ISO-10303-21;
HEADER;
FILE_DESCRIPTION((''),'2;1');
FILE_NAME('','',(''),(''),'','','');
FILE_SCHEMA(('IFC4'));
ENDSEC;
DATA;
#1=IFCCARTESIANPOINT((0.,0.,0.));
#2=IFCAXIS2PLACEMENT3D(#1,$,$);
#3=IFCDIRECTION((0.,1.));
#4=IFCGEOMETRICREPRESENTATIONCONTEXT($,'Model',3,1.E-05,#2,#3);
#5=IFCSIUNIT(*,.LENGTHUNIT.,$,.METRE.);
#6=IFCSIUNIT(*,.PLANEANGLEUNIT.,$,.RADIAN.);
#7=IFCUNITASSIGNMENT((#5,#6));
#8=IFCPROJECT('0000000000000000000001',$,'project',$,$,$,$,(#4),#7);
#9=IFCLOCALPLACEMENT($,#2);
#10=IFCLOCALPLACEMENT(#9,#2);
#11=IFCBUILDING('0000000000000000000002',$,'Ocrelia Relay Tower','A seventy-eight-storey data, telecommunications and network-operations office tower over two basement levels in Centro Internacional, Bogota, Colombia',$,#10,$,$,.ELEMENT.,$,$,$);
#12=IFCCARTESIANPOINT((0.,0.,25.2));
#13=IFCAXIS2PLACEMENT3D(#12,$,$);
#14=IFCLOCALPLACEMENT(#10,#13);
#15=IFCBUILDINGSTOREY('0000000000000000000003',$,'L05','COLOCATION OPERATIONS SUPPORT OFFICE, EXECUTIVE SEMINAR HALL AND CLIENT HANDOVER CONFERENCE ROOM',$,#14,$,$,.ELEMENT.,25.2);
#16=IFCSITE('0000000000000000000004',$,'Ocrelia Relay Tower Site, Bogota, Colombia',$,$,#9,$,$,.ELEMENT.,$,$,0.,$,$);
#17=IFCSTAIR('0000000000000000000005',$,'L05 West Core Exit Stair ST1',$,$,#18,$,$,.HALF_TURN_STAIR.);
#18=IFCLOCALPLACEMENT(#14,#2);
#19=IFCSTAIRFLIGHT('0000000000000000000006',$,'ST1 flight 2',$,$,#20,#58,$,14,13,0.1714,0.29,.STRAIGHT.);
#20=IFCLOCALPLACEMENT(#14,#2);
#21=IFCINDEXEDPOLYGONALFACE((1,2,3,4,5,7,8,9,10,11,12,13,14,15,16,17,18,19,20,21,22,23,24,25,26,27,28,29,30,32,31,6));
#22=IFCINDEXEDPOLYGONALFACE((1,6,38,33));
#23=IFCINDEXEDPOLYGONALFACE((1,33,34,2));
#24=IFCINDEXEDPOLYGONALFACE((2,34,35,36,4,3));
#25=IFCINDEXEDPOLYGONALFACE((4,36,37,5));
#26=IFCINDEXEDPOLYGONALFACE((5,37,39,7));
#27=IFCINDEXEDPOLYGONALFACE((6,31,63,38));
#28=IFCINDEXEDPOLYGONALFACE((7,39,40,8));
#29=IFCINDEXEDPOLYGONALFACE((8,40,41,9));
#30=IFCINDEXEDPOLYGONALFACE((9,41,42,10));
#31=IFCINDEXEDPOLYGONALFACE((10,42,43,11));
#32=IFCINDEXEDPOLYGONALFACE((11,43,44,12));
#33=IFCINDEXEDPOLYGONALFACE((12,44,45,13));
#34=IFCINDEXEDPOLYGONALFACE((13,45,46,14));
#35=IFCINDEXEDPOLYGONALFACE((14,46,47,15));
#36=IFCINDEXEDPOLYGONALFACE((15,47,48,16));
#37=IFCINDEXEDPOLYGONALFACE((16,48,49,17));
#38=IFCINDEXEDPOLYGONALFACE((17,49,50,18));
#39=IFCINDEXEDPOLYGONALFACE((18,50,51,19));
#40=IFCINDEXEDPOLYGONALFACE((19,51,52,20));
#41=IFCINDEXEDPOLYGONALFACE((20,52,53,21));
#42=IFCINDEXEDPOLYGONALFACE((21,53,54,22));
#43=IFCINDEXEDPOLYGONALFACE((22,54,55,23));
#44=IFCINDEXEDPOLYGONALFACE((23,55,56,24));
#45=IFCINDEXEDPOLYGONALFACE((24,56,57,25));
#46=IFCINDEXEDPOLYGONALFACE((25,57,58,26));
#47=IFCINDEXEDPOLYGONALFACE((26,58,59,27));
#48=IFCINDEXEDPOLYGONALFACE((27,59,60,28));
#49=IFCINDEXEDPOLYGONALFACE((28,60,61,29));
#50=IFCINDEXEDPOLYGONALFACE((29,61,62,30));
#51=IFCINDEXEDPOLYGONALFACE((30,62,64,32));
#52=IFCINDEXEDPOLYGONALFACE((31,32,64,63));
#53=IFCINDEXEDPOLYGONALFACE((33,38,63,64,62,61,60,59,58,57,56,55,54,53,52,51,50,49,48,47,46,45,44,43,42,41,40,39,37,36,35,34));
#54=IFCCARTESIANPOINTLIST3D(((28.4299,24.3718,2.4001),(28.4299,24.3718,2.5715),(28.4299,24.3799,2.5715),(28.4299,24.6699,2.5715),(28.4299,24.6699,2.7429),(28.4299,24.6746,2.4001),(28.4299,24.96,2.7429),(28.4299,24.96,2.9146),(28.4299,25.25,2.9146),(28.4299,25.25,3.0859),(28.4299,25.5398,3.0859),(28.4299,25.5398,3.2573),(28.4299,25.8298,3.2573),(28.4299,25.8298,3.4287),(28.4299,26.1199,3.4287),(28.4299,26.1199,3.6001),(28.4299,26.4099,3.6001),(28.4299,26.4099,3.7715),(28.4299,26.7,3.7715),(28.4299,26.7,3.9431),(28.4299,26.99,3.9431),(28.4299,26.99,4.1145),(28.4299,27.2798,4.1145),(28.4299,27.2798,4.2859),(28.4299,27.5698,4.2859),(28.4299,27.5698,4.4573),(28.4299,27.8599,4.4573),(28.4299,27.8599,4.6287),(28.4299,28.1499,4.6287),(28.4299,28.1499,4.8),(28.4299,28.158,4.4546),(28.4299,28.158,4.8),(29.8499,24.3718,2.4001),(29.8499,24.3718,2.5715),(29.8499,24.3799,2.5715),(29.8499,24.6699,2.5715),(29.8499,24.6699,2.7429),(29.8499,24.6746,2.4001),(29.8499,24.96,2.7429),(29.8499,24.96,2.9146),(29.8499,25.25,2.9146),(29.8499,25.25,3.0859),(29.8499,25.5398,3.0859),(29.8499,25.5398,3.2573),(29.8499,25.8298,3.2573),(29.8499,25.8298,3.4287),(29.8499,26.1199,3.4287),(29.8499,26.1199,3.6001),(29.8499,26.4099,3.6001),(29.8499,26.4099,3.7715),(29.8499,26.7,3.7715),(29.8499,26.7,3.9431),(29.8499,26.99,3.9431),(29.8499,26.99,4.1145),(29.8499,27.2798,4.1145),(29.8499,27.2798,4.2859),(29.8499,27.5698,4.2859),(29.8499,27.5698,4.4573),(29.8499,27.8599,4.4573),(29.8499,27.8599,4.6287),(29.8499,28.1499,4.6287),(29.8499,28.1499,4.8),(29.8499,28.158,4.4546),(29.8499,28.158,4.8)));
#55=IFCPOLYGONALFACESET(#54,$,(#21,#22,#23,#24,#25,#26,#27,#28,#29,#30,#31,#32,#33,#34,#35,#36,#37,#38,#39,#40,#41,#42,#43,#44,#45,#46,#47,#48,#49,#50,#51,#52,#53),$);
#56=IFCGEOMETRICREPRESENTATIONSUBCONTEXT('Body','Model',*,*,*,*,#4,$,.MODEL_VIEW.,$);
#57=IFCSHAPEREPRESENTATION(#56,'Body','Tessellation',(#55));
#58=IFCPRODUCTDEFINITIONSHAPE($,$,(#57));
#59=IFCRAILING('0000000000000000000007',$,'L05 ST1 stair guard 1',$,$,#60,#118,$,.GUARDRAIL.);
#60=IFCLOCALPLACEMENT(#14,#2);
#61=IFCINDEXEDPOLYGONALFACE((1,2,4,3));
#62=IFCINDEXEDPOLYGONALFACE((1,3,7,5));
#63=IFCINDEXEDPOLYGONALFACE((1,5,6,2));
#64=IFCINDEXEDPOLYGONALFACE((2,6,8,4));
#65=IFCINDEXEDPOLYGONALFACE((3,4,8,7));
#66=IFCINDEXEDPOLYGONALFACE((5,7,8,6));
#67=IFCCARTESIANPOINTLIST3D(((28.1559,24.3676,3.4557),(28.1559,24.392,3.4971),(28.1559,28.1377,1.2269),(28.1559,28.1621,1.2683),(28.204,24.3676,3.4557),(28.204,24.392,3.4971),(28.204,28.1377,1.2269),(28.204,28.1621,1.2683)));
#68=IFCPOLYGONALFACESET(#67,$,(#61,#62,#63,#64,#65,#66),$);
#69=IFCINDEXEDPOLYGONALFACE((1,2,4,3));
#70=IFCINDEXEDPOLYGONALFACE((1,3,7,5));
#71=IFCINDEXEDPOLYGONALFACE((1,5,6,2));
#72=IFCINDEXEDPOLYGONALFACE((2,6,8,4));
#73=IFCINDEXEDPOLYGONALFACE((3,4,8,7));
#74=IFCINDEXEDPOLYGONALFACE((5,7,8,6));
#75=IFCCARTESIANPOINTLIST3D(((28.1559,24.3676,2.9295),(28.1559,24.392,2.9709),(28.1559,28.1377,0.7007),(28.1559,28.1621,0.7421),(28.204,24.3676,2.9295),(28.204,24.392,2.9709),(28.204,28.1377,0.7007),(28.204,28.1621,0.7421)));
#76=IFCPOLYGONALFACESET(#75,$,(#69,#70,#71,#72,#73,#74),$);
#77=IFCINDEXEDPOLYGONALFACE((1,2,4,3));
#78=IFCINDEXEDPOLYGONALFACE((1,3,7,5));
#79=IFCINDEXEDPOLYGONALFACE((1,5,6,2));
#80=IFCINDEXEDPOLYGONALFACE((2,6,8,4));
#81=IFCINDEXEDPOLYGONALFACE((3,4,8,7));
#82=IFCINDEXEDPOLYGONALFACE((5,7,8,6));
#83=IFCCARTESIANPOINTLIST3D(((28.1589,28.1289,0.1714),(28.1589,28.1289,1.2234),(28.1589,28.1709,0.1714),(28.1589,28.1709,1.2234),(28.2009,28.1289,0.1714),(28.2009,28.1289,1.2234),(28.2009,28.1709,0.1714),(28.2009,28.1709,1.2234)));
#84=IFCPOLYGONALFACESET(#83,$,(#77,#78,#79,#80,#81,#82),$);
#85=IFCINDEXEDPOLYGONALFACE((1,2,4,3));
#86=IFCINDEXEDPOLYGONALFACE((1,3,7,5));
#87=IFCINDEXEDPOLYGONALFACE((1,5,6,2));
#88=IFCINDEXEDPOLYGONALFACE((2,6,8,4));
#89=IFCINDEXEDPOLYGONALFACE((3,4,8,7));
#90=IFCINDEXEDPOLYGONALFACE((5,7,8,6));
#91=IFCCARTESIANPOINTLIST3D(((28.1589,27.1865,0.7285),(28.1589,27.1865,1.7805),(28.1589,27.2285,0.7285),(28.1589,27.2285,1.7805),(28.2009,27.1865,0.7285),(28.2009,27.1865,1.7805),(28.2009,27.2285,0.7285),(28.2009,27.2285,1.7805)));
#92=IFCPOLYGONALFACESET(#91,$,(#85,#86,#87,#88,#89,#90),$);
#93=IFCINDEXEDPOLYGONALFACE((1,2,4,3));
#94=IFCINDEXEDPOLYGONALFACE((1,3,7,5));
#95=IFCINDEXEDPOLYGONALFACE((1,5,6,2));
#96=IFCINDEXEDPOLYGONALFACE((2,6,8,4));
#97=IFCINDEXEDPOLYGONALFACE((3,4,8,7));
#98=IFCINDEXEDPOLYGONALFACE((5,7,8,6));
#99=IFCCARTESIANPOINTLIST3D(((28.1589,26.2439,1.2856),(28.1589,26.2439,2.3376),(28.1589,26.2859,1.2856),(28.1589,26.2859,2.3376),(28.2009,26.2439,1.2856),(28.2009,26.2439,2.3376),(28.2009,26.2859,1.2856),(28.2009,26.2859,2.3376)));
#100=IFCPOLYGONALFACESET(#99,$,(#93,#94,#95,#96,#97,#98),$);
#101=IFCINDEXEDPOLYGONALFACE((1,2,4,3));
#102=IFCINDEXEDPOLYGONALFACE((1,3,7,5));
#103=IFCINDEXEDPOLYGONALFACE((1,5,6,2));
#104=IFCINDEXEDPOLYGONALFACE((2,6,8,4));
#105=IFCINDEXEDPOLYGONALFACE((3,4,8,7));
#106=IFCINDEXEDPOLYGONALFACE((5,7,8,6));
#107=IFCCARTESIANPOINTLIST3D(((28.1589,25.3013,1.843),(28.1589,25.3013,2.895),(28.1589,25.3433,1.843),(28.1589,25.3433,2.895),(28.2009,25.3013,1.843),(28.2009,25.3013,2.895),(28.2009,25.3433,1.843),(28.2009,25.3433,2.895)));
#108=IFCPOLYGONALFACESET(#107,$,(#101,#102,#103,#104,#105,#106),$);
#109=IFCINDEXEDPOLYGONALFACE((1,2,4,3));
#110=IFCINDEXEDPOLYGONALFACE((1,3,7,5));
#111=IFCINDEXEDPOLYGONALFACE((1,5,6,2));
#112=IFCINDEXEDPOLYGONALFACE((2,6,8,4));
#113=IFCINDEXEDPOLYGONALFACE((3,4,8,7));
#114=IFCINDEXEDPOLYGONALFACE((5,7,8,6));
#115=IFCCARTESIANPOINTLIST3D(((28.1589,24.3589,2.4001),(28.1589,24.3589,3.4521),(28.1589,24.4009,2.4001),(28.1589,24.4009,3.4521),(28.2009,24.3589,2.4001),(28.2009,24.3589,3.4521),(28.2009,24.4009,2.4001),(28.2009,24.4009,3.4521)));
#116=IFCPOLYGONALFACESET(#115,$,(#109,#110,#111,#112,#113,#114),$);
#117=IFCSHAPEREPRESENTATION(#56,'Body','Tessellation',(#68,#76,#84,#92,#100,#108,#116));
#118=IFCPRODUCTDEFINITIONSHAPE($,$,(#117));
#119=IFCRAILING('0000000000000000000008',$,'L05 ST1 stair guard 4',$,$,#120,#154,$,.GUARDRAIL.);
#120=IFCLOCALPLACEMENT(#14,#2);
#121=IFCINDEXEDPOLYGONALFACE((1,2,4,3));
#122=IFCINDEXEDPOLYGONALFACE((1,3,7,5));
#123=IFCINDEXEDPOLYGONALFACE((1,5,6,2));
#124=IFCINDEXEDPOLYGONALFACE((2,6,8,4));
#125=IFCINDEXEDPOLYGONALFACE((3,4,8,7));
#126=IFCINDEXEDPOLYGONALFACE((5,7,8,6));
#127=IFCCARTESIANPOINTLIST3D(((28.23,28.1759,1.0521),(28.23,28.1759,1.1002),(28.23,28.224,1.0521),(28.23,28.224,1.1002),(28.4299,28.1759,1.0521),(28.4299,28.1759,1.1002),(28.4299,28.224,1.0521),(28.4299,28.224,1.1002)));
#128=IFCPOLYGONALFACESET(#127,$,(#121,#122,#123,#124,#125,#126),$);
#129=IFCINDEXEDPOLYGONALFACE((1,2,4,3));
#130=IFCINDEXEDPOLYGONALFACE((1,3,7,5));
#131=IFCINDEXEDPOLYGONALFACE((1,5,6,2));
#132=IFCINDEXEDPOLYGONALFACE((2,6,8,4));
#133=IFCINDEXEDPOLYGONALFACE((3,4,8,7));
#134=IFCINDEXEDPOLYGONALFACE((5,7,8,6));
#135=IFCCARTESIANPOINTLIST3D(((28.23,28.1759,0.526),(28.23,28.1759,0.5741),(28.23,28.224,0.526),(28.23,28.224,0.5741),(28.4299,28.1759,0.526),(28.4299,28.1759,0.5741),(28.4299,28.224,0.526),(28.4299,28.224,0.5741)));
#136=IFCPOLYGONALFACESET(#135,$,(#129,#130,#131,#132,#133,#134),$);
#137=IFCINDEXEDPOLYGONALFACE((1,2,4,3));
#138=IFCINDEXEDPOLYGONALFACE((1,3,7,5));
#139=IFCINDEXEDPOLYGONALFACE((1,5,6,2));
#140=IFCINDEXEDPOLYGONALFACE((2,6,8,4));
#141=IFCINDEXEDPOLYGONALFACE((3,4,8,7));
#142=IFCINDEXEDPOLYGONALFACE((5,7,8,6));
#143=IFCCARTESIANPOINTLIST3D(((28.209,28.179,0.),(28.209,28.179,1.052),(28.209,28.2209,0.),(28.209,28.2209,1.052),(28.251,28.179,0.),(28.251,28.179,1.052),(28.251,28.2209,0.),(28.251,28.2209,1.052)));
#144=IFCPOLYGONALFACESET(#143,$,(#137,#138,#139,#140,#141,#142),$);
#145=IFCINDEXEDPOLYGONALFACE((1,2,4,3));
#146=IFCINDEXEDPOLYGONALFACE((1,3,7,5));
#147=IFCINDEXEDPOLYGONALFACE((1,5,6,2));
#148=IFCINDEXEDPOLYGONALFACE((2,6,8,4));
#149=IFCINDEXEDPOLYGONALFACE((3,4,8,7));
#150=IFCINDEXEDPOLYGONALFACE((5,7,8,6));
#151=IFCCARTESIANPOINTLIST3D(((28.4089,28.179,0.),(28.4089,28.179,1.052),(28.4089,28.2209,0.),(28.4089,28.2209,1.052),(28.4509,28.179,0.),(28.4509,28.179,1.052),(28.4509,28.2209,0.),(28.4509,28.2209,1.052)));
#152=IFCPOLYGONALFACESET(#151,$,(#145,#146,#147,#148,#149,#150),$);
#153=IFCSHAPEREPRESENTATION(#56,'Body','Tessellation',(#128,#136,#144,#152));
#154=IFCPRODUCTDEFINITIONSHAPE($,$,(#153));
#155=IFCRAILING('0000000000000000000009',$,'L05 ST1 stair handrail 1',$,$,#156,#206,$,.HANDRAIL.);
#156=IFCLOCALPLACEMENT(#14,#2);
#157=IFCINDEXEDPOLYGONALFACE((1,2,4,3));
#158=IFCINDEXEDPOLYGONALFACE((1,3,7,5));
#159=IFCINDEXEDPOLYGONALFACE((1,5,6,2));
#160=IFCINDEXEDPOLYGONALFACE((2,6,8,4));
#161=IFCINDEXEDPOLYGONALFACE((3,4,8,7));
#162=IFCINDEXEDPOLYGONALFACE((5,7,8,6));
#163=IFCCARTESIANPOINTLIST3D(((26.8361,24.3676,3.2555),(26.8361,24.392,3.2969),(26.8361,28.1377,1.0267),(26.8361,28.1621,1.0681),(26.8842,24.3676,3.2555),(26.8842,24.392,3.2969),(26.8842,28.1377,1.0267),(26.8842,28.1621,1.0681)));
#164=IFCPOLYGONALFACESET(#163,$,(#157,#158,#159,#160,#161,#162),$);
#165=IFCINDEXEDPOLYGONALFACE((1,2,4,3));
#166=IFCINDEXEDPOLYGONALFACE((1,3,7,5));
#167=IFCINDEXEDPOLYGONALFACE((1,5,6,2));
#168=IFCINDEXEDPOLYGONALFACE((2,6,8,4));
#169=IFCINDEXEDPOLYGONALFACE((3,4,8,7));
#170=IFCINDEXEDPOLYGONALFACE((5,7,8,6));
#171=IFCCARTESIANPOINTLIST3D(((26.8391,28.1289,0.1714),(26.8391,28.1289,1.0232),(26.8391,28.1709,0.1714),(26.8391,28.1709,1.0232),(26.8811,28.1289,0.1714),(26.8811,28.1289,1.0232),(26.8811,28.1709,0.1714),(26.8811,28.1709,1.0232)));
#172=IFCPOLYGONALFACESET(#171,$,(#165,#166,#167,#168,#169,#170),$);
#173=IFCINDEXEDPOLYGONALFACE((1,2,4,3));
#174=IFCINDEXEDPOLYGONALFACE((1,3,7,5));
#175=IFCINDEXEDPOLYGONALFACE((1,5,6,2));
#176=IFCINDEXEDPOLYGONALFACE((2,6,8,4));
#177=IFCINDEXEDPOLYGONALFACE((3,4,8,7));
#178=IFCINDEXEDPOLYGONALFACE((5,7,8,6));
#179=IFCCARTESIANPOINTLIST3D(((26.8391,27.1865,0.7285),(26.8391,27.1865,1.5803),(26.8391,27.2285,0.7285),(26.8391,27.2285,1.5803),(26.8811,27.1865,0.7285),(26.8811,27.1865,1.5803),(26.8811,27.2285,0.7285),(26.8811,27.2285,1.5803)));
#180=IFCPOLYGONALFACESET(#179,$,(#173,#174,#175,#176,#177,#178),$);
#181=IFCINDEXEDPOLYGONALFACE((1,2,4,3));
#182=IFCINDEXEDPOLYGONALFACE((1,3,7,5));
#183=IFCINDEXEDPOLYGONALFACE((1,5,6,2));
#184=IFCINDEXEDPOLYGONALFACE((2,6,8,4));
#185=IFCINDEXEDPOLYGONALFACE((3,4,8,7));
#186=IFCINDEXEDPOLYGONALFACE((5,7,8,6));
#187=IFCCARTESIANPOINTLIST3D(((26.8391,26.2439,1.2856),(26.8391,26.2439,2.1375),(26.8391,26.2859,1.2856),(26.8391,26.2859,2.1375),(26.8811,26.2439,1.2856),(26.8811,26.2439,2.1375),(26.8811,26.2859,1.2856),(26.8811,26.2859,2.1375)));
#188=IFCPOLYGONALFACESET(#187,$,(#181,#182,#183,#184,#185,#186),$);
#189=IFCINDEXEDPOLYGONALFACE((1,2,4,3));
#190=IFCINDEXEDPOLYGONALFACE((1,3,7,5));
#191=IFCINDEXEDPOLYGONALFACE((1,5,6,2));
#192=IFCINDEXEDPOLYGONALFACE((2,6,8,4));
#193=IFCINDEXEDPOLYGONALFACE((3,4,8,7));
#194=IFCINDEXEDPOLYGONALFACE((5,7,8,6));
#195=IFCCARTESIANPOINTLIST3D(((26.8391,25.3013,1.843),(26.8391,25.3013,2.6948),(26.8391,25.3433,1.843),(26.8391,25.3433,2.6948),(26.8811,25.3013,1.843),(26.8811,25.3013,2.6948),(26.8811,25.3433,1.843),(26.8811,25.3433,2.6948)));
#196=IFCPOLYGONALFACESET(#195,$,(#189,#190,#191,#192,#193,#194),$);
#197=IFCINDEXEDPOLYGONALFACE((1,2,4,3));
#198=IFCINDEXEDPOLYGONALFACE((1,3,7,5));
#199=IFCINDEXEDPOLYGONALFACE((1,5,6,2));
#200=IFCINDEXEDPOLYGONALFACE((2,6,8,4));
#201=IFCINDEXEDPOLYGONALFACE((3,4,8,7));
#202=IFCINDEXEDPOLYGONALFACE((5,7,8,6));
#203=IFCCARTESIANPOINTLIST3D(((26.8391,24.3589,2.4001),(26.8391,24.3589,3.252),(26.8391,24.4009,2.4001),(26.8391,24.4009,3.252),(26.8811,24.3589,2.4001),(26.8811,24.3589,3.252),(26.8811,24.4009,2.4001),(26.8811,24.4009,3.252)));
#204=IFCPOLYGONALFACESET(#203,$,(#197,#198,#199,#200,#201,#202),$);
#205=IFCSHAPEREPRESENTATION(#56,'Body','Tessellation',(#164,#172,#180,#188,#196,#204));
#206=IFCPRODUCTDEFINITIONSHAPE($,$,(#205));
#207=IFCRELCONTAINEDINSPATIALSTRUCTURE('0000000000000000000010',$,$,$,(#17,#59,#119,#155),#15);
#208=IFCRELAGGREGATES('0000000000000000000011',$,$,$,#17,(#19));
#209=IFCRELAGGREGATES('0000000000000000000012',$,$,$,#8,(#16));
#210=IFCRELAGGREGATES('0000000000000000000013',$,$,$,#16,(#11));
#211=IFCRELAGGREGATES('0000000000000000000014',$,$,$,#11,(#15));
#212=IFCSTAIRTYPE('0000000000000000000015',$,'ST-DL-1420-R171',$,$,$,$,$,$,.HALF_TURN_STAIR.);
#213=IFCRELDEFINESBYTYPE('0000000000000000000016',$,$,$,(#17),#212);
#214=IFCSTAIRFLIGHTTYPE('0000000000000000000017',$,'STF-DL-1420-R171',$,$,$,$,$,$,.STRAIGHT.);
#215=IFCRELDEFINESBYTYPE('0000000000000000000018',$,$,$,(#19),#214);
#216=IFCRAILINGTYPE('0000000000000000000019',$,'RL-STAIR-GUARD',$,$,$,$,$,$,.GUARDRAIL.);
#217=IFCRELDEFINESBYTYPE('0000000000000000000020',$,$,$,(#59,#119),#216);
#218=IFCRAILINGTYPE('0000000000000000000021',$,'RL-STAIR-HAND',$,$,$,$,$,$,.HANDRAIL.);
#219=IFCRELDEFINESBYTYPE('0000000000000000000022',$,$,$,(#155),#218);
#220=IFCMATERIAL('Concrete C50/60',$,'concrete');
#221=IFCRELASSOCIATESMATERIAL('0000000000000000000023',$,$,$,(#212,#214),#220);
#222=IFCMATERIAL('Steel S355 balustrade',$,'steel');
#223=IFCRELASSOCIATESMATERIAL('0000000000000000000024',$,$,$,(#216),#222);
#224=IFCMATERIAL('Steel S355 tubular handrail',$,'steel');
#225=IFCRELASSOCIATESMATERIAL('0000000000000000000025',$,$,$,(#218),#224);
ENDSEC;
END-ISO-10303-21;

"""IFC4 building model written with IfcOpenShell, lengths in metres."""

from ifc_helpers import new_model, si_unit, direction, frame, origin, origin_2d, place, context, subcontext, project, spatial, polyline, rectangle, outline, extrude, material, type_object, element, aggregate, save


model = new_model("IFC4")

# Units and contexts
model_context = context("Model", 3, precision=1e-05, world=origin(), true_north=direction((0.0, 1.0)))
body_context = subcontext(model_context, "Body", "Model", "MODEL_VIEW")
ifc_project = project(units=[si_unit("LENGTHUNIT", "METRE"), si_unit("PLANEANGLEUNIT", "RADIAN")], contexts=[model_context])

# Site, building, storey
site_placement = place(None, origin())
site = spatial("IfcSite", under=ifc_project, at=site_placement, Name="Ocrelia Relay Tower Site, Bogota, Colombia", CompositionType="ELEMENT", RefElevation=0.0)
building_placement = place(site_placement, origin())
building = spatial("IfcBuilding", under=site, at=building_placement, Name="Ocrelia Relay Tower", Description="A seventy-eight-storey data, telecommunications and network-operations office tower over two basement levels in Centro Internacional, Bogota, Colombia", CompositionType="ELEMENT")
storey_placement = place(building_placement, frame((0.0, 0.0, 25.2)))
storey = spatial("IfcBuildingStorey", under=building, at=storey_placement, Name="L05", Description="COLOCATION OPERATIONS SUPPORT OFFICE, EXECUTIVE SEMINAR HALL AND CLIENT HANDOVER CONFERENCE ROOM", CompositionType="ELEMENT", Elevation=25.2)

# Shared definitions
ifc_material_1 = material(Name="Concrete C50/60", Category="concrete")

# Stair, stair flight
stair_type = type_object("IfcStairType", Name="ST-DL-1420-R171", PredefinedType="HALF_TURN_STAIR", material=ifc_material_1)
stair_placement = place(storey_placement, origin())
stair = element("IfcStair", 1, at=stair_placement, inside=storey, type_object=stair_type, Name="L05 West Core Exit Stair ST1", PredefinedType="HALF_TURN_STAIR")
stair_flight_type = type_object("IfcStairFlightType", Name="STF-DL-1420-R171", PredefinedType="STRAIGHT", material=ifc_material_1)
stair_flight_1_placement = place(storey_placement, frame((29.1399, 24.3799, 2.4001), z_axis=(0.0, 0.0, 1.0), x_axis=(0.0, 1.0, 0.0)))
stair_flight_1 = element("IfcStairFlight", 2, at=stair_flight_1_placement, type_object=stair_flight_type, Name="ST1 flight 2", NumberOfRisers=14, NumberOfTreads=13, PredefinedType="STRAIGHT", RiserHeight=0.1714, TreadLength=0.29, context=body_context, shape_type="SweptSolid", body=[
    extrude(outline(polyline([(-0.0081, 0.0), (-0.0081, 0.1714), (0.0, 0.1714), (0.29, 0.1714), (0.29, 0.3428), (0.5801, 0.3428), (0.5801, 0.5144), (0.8701, 0.5144), (0.8701, 0.6858), (1.1599, 0.6858), (1.1599, 0.8572), (1.45, 0.8572), (1.45, 1.0286), (1.74, 1.0286), (1.74, 1.2), (2.03, 1.2), (2.03, 1.3713), (2.3201, 1.3713), (2.3201, 1.543), (2.6101, 1.543), (2.6101, 1.7144), (2.8999, 1.7144), (2.8999, 1.8857), (3.1899, 1.8857), (3.1899, 2.0571), (3.48, 2.0571), (3.48, 2.2285), (3.77, 2.2285), (3.77, 2.3999), (3.7781, 2.3999), (3.7781, 2.0544), (0.2947, 0.0), (-0.0081, 0.0)])), frame((0.0, 0.71, 0.0), z_axis=(0.0, -1.0, 0.0), x_axis=(1.0, 0.0, 0.0)), (0.0, 0.0, 1.0), 1.4199),
])
aggregate(stair, [stair_flight_1])

# Railings
ifc_material_2 = material(Name="Steel S355 balustrade", Category="steel")
railing_type_1 = type_object("IfcRailingType", Name="RL-STAIR-GUARD", PredefinedType="GUARDRAIL", material=ifc_material_2)
railing_1_placement = place(storey_placement, frame((28.1799, 28.1499, 0.1714)))
element("IfcRailing", 3, at=railing_1_placement, inside=storey, type_object=railing_type_1, Name="L05 ST1 stair guard 1", PredefinedType="GUARDRAIL", context=body_context, shape_type="SweptSolid", body=[
    extrude(rectangle(XDim=0.0481, YDim=0.0481, at=origin_2d()), frame((0.0, 0.0, 1.0762), z_axis=(0.0, -0.860824, 0.508902), x_axis=(1.0, 0.0, 0.0)), (0.0, 0.0, 1.0), 4.3796),
    extrude(rectangle(XDim=0.0481, YDim=0.0481, at=origin_2d()), frame((0.0, 0.0, 0.55), z_axis=(0.0, -0.860824, 0.508902), x_axis=(1.0, 0.0, 0.0)), (0.0, 0.0, 1.0), 4.3796),
    extrude(rectangle(XDim=0.042, YDim=0.042, at=origin_2d()), origin(), (0.0, 0.0, 1.0), 1.052),
    extrude(rectangle(XDim=0.042, YDim=0.042, at=origin_2d()), frame((0.0, -0.9424, 0.5571)), (0.0, 0.0, 1.0), 1.052),
    extrude(rectangle(XDim=0.042, YDim=0.042, at=origin_2d()), frame((0.0, -1.885, 1.1143)), (0.0, 0.0, 1.0), 1.052),
    extrude(rectangle(XDim=0.042, YDim=0.042, at=origin_2d()), frame((0.0, -2.8276, 1.6716)), (0.0, 0.0, 1.0), 1.052),
    extrude(rectangle(XDim=0.042, YDim=0.042, at=origin_2d()), frame((0.0, -3.77, 2.2288)), (0.0, 0.0, 1.0), 1.052),
])
railing_2_placement = place(storey_placement, frame((28.23, 28.2, 0.0)))
element("IfcRailing", 4, at=railing_2_placement, inside=storey, type_object=railing_type_1, Name="L05 ST1 stair guard 4", PredefinedType="GUARDRAIL", context=body_context, shape_type="SweptSolid", body=[
    extrude(rectangle(XDim=0.0481, YDim=0.0481, at=origin_2d()), frame((0.0, 0.0, 1.0762), z_axis=(1.0, 0.0, 0.0), x_axis=(0.0, 1.0, 0.0)), (0.0, 0.0, 1.0), 0.2),
    extrude(rectangle(XDim=0.0481, YDim=0.0481, at=origin_2d()), frame((0.0, 0.0, 0.55), z_axis=(1.0, 0.0, 0.0), x_axis=(0.0, 1.0, 0.0)), (0.0, 0.0, 1.0), 0.2),
    extrude(rectangle(XDim=0.042, YDim=0.042, at=origin_2d()), origin(), (0.0, 0.0, 1.0), 1.052),
    extrude(rectangle(XDim=0.042, YDim=0.042, at=origin_2d()), frame((0.2, 0.0, 0.0)), (0.0, 0.0, 1.0), 1.052),
])
ifc_material_3 = material(Name="Steel S355 tubular handrail", Category="steel")
railing_type_2 = type_object("IfcRailingType", Name="RL-STAIR-HAND", PredefinedType="HANDRAIL", material=ifc_material_3)
railing_3_placement = place(storey_placement, frame((26.8601, 28.1499, 0.1714)))
element("IfcRailing", 5, at=railing_3_placement, inside=storey, type_object=railing_type_2, Name="L05 ST1 stair handrail 1", PredefinedType="HANDRAIL", context=body_context, shape_type="SweptSolid", body=[
    extrude(rectangle(XDim=0.0481, YDim=0.0481, at=origin_2d()), frame((0.0, 0.0, 0.876), z_axis=(0.0, -0.860824, 0.508902), x_axis=(1.0, 0.0, 0.0)), (0.0, 0.0, 1.0), 4.3796),
    extrude(rectangle(XDim=0.042, YDim=0.042, at=origin_2d()), origin(), (0.0, 0.0, 1.0), 0.8518),
    extrude(rectangle(XDim=0.042, YDim=0.042, at=origin_2d()), frame((0.0, -0.9424, 0.5571)), (0.0, 0.0, 1.0), 0.8518),
    extrude(rectangle(XDim=0.042, YDim=0.042, at=origin_2d()), frame((0.0, -1.885, 1.1143)), (0.0, 0.0, 1.0), 0.8518),
    extrude(rectangle(XDim=0.042, YDim=0.042, at=origin_2d()), frame((0.0, -2.8276, 1.6716)), (0.0, 0.0, 1.0), 0.8518),
    extrude(rectangle(XDim=0.042, YDim=0.042, at=origin_2d()), frame((0.0, -3.77, 2.2288)), (0.0, 0.0, 1.0), 0.8518),
])

save(model, "model.ifc")
